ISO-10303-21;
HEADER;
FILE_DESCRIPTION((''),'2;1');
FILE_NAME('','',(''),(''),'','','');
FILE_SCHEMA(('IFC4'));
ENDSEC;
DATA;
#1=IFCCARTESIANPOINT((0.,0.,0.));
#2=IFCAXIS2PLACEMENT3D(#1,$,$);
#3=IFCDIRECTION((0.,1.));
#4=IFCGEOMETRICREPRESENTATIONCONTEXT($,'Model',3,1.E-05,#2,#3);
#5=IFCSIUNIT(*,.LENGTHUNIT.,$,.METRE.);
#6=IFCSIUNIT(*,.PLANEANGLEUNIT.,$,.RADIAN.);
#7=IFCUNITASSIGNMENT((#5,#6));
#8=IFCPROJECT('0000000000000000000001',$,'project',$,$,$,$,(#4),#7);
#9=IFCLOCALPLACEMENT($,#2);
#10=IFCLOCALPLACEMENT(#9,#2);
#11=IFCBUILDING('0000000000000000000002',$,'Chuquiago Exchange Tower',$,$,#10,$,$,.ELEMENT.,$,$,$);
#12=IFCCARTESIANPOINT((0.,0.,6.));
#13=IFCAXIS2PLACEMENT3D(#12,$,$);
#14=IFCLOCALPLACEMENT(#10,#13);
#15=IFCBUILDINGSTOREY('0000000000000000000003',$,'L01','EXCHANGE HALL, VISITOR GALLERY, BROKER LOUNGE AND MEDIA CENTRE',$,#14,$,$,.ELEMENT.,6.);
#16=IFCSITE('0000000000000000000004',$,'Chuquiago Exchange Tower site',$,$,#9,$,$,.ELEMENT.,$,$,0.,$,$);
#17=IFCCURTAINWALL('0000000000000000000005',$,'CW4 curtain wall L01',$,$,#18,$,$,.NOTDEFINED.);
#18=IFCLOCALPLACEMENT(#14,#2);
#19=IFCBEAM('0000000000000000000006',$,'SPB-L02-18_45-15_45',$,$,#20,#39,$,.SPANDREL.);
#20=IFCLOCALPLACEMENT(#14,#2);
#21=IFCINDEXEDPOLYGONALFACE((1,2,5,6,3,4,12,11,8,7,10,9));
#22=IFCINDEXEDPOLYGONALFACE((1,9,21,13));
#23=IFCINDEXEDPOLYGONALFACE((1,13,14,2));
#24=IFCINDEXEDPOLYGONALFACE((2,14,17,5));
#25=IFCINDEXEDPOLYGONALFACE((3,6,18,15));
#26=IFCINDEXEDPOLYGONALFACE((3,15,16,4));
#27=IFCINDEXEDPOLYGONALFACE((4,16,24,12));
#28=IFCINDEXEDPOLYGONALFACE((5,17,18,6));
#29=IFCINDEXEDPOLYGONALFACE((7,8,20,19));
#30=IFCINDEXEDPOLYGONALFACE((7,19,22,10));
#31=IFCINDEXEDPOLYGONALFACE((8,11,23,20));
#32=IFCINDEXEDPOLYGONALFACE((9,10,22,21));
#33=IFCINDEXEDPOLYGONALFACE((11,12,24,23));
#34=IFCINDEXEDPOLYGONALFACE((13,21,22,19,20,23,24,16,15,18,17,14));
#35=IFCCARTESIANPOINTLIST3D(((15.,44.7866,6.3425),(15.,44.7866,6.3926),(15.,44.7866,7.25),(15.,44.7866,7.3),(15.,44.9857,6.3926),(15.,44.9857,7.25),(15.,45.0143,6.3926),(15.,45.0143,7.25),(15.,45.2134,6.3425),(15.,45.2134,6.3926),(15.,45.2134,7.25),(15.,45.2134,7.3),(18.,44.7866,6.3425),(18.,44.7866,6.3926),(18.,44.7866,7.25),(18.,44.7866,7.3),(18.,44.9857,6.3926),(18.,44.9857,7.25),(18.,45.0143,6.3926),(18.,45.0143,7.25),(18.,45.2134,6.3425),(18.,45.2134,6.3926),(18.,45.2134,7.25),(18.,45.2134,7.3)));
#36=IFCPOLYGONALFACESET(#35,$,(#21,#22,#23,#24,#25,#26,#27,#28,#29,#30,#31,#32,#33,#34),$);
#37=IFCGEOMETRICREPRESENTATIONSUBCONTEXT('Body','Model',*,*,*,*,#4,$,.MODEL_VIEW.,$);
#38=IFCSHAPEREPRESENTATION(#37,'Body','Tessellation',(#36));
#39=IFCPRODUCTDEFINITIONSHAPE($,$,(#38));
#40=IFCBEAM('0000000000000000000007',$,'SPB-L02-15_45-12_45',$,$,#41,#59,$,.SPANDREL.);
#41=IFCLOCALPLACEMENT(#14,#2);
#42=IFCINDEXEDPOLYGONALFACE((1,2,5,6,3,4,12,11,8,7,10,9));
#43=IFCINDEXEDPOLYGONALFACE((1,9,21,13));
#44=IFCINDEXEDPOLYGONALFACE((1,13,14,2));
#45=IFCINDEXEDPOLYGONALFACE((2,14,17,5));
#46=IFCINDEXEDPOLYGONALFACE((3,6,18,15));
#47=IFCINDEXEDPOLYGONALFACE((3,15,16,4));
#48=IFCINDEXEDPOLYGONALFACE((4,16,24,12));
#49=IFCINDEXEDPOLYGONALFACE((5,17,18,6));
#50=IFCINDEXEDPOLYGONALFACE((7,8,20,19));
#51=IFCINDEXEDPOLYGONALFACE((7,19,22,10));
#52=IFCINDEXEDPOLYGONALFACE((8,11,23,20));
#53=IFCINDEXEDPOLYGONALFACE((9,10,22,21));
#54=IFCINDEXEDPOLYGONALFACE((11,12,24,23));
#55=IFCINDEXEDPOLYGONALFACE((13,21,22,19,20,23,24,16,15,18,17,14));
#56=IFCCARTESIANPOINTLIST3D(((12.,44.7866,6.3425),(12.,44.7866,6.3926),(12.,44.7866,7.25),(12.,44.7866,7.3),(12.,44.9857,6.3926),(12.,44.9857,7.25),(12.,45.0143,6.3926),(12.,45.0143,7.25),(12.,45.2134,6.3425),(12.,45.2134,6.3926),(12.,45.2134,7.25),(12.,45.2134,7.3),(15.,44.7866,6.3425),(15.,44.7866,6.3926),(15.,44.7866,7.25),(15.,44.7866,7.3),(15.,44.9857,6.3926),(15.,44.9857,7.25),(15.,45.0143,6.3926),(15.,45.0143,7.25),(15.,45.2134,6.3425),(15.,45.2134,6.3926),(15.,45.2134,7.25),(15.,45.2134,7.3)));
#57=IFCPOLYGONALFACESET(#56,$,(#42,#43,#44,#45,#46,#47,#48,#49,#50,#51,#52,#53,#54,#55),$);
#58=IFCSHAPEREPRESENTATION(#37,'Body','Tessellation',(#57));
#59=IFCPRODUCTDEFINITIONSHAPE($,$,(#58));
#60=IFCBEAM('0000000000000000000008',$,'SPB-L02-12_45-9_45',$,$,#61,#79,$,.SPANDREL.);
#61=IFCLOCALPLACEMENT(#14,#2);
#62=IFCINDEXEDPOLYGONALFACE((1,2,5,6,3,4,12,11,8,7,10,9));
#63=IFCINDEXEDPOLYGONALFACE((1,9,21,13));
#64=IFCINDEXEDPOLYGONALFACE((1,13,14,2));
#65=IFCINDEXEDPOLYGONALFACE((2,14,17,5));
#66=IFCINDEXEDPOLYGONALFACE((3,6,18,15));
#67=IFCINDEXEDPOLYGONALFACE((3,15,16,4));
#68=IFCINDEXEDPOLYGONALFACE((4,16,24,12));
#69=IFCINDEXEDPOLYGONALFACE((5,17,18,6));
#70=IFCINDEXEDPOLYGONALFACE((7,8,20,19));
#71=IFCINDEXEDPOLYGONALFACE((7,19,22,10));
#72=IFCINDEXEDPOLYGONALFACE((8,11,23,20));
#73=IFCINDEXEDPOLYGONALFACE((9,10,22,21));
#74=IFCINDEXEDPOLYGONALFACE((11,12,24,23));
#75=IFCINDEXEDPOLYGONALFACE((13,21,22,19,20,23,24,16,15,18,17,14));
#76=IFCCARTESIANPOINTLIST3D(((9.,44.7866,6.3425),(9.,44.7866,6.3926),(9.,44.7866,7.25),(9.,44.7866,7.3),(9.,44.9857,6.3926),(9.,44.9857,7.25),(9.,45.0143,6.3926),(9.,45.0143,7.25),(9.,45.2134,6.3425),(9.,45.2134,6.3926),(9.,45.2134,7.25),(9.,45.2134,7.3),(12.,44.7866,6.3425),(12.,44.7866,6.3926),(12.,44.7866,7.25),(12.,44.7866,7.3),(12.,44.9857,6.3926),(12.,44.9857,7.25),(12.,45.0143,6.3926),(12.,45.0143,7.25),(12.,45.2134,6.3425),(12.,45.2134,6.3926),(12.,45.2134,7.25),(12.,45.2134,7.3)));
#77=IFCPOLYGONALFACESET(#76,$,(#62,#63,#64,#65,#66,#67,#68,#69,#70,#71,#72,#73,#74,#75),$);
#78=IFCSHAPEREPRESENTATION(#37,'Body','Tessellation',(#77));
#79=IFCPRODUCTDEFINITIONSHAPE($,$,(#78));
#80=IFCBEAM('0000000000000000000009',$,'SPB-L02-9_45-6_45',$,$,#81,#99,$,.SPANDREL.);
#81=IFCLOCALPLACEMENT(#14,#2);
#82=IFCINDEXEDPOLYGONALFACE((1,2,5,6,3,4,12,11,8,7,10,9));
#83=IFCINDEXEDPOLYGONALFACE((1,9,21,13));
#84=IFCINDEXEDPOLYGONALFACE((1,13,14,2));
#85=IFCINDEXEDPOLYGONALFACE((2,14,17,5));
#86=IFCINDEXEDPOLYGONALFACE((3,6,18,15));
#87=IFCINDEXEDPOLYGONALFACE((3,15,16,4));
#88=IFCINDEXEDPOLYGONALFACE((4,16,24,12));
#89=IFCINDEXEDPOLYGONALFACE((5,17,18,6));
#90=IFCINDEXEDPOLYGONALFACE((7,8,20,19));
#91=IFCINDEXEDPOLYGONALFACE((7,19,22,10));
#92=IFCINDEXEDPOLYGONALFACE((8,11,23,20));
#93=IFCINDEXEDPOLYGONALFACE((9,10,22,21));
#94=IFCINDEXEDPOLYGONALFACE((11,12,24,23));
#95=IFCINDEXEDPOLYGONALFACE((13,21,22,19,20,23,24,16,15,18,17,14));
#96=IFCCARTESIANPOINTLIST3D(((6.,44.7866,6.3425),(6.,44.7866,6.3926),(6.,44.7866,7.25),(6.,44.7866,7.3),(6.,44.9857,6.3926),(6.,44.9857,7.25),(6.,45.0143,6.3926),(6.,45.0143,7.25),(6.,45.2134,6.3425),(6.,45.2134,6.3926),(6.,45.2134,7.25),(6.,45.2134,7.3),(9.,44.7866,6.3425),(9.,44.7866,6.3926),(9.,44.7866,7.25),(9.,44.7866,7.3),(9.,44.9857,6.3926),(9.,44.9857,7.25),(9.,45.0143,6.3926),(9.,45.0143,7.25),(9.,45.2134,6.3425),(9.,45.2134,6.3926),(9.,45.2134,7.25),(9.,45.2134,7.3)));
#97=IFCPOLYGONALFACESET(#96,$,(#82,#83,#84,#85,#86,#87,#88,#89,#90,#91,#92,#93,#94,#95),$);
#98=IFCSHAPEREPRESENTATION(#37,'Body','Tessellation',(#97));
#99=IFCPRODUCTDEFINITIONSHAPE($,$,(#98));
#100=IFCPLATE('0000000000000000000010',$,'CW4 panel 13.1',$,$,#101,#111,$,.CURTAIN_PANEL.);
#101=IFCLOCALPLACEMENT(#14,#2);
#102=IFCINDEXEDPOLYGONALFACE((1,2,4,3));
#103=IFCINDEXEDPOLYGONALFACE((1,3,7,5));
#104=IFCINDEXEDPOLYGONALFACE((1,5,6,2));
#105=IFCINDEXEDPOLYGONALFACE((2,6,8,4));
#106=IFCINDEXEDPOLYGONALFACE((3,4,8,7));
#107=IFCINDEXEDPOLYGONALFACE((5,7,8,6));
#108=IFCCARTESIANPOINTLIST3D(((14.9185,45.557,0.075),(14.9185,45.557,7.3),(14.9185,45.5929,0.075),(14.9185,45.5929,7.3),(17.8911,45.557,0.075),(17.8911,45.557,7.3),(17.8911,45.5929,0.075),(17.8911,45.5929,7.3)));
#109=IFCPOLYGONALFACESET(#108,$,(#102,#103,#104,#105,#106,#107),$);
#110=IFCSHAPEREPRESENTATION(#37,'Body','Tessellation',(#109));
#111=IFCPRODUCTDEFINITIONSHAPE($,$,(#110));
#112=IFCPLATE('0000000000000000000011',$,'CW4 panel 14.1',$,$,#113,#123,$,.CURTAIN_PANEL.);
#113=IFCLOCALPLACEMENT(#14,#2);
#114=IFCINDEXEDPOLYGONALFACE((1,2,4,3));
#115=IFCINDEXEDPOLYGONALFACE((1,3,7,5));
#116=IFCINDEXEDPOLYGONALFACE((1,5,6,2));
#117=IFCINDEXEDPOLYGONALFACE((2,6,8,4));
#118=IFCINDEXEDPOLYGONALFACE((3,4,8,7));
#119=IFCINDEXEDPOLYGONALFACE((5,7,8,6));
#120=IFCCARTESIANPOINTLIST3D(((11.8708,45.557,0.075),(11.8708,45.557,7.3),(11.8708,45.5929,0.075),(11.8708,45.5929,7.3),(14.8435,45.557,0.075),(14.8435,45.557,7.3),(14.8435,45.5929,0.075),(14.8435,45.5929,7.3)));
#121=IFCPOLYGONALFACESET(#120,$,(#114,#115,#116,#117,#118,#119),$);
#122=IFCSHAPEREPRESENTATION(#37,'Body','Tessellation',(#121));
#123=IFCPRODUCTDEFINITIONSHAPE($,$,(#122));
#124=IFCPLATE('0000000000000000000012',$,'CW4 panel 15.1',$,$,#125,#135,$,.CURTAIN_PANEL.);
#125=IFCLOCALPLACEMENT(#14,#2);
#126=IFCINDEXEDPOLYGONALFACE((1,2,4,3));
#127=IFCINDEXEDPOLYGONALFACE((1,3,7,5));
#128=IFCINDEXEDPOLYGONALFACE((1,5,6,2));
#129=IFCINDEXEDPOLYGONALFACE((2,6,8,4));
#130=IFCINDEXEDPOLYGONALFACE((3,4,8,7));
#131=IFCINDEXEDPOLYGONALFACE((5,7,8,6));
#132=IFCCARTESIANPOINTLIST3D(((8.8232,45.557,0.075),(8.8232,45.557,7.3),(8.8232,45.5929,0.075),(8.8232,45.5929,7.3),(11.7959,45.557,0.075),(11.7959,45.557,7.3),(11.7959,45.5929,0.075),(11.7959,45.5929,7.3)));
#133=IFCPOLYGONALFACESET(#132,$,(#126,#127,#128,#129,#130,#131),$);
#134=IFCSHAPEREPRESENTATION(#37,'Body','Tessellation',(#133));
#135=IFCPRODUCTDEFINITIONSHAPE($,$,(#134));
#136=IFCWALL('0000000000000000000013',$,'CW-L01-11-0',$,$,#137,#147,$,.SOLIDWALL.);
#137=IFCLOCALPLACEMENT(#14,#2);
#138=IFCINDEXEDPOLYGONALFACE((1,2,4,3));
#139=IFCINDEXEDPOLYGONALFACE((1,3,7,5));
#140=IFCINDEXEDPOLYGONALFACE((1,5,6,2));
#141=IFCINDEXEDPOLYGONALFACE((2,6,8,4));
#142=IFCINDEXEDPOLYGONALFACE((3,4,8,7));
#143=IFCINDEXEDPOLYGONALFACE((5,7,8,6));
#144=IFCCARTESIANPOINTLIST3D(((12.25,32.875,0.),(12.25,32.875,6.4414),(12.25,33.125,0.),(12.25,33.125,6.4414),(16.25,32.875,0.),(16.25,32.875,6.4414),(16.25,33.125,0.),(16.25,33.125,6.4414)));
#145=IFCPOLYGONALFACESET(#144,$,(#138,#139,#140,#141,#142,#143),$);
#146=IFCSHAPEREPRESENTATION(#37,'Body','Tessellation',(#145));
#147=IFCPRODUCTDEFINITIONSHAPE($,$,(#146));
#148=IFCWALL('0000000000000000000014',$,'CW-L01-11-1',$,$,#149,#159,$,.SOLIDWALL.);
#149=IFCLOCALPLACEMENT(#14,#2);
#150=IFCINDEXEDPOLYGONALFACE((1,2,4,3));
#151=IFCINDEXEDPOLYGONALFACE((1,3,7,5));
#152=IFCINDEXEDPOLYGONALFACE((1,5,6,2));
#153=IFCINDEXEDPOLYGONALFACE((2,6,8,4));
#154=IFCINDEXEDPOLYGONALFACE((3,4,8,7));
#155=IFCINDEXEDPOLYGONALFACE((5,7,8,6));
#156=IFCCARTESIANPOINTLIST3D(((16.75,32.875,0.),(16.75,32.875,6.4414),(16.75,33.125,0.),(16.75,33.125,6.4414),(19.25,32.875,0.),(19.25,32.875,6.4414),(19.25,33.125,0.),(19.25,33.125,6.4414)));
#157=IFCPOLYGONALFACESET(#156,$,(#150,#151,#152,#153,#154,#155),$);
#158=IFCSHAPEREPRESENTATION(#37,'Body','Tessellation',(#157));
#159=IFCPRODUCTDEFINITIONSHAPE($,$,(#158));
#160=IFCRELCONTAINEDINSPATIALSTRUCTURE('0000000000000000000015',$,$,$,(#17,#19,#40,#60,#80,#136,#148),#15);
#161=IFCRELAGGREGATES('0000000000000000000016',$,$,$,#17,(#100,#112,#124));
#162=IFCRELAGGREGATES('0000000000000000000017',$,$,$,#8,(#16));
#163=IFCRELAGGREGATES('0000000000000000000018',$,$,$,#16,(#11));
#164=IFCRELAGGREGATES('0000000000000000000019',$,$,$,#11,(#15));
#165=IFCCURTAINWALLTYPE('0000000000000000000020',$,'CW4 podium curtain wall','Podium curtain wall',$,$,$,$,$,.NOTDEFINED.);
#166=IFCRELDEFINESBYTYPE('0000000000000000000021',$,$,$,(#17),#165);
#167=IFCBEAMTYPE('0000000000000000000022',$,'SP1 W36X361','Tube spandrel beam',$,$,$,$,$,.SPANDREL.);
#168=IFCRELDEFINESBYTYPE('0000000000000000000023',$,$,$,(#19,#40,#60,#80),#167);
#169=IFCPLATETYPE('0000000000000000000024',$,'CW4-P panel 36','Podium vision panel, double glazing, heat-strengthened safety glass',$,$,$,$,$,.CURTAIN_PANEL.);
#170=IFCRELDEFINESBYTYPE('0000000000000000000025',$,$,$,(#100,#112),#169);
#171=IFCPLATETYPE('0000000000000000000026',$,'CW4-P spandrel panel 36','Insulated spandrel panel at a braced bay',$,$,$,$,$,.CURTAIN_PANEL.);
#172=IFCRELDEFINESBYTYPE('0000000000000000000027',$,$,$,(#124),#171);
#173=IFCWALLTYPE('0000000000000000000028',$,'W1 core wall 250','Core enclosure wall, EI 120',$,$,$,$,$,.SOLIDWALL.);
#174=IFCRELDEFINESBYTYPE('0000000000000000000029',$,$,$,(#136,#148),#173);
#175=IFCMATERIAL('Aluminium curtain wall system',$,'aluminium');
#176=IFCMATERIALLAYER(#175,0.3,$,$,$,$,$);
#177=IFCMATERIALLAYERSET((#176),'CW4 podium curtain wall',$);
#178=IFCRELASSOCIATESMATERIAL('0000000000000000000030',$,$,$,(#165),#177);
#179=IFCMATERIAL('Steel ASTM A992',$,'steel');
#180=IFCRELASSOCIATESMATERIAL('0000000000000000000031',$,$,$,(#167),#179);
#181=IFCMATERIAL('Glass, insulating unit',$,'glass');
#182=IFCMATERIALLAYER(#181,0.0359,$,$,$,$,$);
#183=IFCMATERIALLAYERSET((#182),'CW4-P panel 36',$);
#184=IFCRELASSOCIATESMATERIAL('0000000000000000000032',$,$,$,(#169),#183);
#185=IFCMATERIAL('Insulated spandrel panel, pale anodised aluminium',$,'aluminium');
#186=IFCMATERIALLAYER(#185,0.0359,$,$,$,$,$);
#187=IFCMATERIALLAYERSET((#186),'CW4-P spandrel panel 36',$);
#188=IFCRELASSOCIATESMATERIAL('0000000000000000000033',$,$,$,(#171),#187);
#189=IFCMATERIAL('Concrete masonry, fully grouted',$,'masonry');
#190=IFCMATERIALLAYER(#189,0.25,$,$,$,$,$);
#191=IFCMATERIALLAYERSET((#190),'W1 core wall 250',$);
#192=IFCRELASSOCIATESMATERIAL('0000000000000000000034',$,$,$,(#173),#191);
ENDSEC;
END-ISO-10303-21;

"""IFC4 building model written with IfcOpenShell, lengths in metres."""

from ifc_helpers import new_model, si_unit, direction, frame, frame_2d, origin, origin_2d, place, context, subcontext, project, spatial, rectangle, i_section, extrude, material, layer, layer_set, material_profile, profile_set, type_object, element, aggregate, save


model = new_model("IFC4")

# Units and contexts
model_context = context("Model", 3, precision=1e-05, world=origin(), true_north=direction((0.0, 1.0)))
body_context = subcontext(model_context, "Body", "Model", "MODEL_VIEW")
ifc_project = project(units=[si_unit("LENGTHUNIT", "METRE"), si_unit("PLANEANGLEUNIT", "RADIAN")], contexts=[model_context])

# Site, building, storey
site_placement = place(None, origin())
site = spatial("IfcSite", under=ifc_project, at=site_placement, Name="Chuquiago Exchange Tower site", CompositionType="ELEMENT", RefElevation=0.0)
building_placement = place(site_placement, origin())
building = spatial("IfcBuilding", under=site, at=building_placement, Name="Chuquiago Exchange Tower", CompositionType="ELEMENT")
storey_placement = place(building_placement, frame((0.0, 0.0, 6.0)))
storey = spatial("IfcBuildingStorey", under=building, at=storey_placement, Name="L01", Description="EXCHANGE HALL, VISITOR GALLERY, BROKER LOUNGE AND MEDIA CENTRE", CompositionType="ELEMENT", Elevation=6.0)

# Curtain wall
ifc_material_1 = material(Name="Aluminium curtain wall system", Category="aluminium")
ifc_layer_1 = layer(ifc_material_1, 0.3)
ifc_layer_set_1 = layer_set([ifc_layer_1], Name="CW4 podium curtain wall")
curtain_wall_type = type_object("IfcCurtainWallType", Name="CW4 podium curtain wall", Description="Podium curtain wall", PredefinedType="NOTDEFINED", material=ifc_layer_set_1)
curtain_wall_placement = place(storey_placement, origin())
curtain_wall = element("IfcCurtainWall", 1, at=curtain_wall_placement, inside=storey, type_object=curtain_wall_type, Name="CW4 curtain wall L01", PredefinedType="NOTDEFINED")

# Beams
ifc_material_2 = material(Name="Steel ASTM A992", Category="steel")
ifc_material_profile_1 = material_profile(ifc_material_2, i_section(OverallWidth=0.4268, OverallDepth=0.9575, WebThickness=0.0286, FlangeThickness=0.05, at=origin_2d()), Name="W36X361")
ifc_profile_set_1 = profile_set([ifc_material_profile_1], Name="Steel ASTM A992")
beam_type_1 = type_object("IfcBeamType", Name="SP1 W36X361", Description="Tube spandrel beam", PredefinedType="SPANDREL", material=ifc_profile_set_1)
for number, where, z_axis, x_axis, name in (
    (2, (18.0, 45.0, 6.8213), (-1.0, 0.0, 0.0), (0.0, -1.0, 0.0), "SPB-L02-18_45-15_45"),
    (3, (15.0, 45.0, 6.8213), (-1.0, 0.0, 0.0), (0.0, -1.0, 0.0), "SPB-L02-15_45-12_45"),
    (4, (12.0, 45.0, 6.8213), (-1.0, 0.0, 0.0), (0.0, -1.0, 0.0), "SPB-L02-12_45-9_45"),
    (5, (9.0, 45.0, 6.8213), (-1.0, 0.0, 0.0), (0.0, -1.0, 0.0), "SPB-L02-9_45-6_45"),
):
    element("IfcBeam", number, at=place(storey_placement, frame(where, z_axis=z_axis, x_axis=x_axis)), inside=storey, type_object=beam_type_1, Name=name, PredefinedType="SPANDREL", context=body_context, shape_type="SweptSolid", body=[
        extrude(i_section(OverallWidth=0.4268, OverallDepth=0.9575, WebThickness=0.0286, FlangeThickness=0.05, at=origin_2d()), origin(), (0.0, 0.0, 1.0), 3.0),
    ])

# Plates
ifc_material_3 = material(Name="Glass, insulating unit", Category="glass")
ifc_layer_2 = layer(ifc_material_3, 0.0359)
ifc_layer_set_2 = layer_set([ifc_layer_2], Name="CW4-P panel 36")
plate_type_1 = type_object("IfcPlateType", Name="CW4-P panel 36", Description="Podium vision panel, double glazing, heat-strengthened safety glass", PredefinedType="CURTAIN_PANEL", material=ifc_layer_set_2)
plate_1_placement = place(storey_placement, frame((16.4048, 45.575, 0.075), z_axis=(0.0, 0.0, 1.0), x_axis=(-1.0, 0.0, 0.0)))
plate_1 = element("IfcPlate", 6, at=plate_1_placement, type_object=plate_type_1, Name="CW4 panel 13.1", PredefinedType="CURTAIN_PANEL", context=body_context, shape_type="SweptSolid", body=[
    extrude(rectangle(XDim=2.9727, YDim=0.0359, at=origin_2d()), origin(), (0.0, 0.0, 1.0), 7.2251),
])
plate_2_placement = place(storey_placement, frame((13.3572, 45.575, 0.075), z_axis=(0.0, 0.0, 1.0), x_axis=(-1.0, 0.0, 0.0)))
plate_2 = element("IfcPlate", 7, at=plate_2_placement, type_object=plate_type_1, Name="CW4 panel 14.1", PredefinedType="CURTAIN_PANEL", context=body_context, shape_type="SweptSolid", body=[
    extrude(rectangle(XDim=2.9727, YDim=0.0359, at=origin_2d()), origin(), (0.0, 0.0, 1.0), 7.2251),
])
ifc_material_4 = material(Name="Insulated spandrel panel, pale anodised aluminium", Category="aluminium")
ifc_layer_3 = layer(ifc_material_4, 0.0359)
ifc_layer_set_3 = layer_set([ifc_layer_3], Name="CW4-P spandrel panel 36")
plate_type_2 = type_object("IfcPlateType", Name="CW4-P spandrel panel 36", Description="Insulated spandrel panel at a braced bay", PredefinedType="CURTAIN_PANEL", material=ifc_layer_set_3)
plate_3_placement = place(storey_placement, frame((10.3096, 45.575, 0.075), z_axis=(0.0, 0.0, 1.0), x_axis=(-1.0, 0.0, 0.0)))
plate_3 = element("IfcPlate", 8, at=plate_3_placement, type_object=plate_type_2, Name="CW4 panel 15.1", PredefinedType="CURTAIN_PANEL", context=body_context, shape_type="SweptSolid", body=[
    extrude(rectangle(XDim=2.9727, YDim=0.0359, at=origin_2d()), origin(), (0.0, 0.0, 1.0), 7.2251),
])
aggregate(curtain_wall, [plate_1, plate_2, plate_3])

# Walls
ifc_material_5 = material(Name="Concrete masonry, fully grouted", Category="masonry")
ifc_layer_4 = layer(ifc_material_5, 0.25)
ifc_layer_set_4 = layer_set([ifc_layer_4], Name="W1 core wall 250")
wall_type = type_object("IfcWallType", Name="W1 core wall 250", Description="Core enclosure wall, EI 120", PredefinedType="SOLIDWALL", material=ifc_layer_set_4)
wall_1_placement = place(storey_placement, frame((12.25, 33.0, 0.0), z_axis=(0.0, 0.0, 1.0), x_axis=(1.0, 0.0, 0.0)))
element("IfcWall", 9, at=wall_1_placement, inside=storey, type_object=wall_type, Name="CW-L01-11-0", PredefinedType="SOLIDWALL", context=body_context, shape_type="SweptSolid", body=[
    extrude(rectangle(XDim=4.0, YDim=0.25, at=frame_2d((2.0, 0.0))), origin(), (0.0, 0.0, 1.0), 6.4414),
])
wall_2_placement = place(storey_placement, frame((16.75, 33.0, 0.0), z_axis=(0.0, 0.0, 1.0), x_axis=(1.0, 0.0, 0.0)))
element("IfcWall", 10, at=wall_2_placement, inside=storey, type_object=wall_type, Name="CW-L01-11-1", PredefinedType="SOLIDWALL", context=body_context, shape_type="SweptSolid", body=[
    extrude(rectangle(XDim=2.5, YDim=0.25, at=frame_2d((1.25, 0.0))), origin(), (0.0, 0.0, 1.0), 6.4414),
])

save(model, "model.ifc")
